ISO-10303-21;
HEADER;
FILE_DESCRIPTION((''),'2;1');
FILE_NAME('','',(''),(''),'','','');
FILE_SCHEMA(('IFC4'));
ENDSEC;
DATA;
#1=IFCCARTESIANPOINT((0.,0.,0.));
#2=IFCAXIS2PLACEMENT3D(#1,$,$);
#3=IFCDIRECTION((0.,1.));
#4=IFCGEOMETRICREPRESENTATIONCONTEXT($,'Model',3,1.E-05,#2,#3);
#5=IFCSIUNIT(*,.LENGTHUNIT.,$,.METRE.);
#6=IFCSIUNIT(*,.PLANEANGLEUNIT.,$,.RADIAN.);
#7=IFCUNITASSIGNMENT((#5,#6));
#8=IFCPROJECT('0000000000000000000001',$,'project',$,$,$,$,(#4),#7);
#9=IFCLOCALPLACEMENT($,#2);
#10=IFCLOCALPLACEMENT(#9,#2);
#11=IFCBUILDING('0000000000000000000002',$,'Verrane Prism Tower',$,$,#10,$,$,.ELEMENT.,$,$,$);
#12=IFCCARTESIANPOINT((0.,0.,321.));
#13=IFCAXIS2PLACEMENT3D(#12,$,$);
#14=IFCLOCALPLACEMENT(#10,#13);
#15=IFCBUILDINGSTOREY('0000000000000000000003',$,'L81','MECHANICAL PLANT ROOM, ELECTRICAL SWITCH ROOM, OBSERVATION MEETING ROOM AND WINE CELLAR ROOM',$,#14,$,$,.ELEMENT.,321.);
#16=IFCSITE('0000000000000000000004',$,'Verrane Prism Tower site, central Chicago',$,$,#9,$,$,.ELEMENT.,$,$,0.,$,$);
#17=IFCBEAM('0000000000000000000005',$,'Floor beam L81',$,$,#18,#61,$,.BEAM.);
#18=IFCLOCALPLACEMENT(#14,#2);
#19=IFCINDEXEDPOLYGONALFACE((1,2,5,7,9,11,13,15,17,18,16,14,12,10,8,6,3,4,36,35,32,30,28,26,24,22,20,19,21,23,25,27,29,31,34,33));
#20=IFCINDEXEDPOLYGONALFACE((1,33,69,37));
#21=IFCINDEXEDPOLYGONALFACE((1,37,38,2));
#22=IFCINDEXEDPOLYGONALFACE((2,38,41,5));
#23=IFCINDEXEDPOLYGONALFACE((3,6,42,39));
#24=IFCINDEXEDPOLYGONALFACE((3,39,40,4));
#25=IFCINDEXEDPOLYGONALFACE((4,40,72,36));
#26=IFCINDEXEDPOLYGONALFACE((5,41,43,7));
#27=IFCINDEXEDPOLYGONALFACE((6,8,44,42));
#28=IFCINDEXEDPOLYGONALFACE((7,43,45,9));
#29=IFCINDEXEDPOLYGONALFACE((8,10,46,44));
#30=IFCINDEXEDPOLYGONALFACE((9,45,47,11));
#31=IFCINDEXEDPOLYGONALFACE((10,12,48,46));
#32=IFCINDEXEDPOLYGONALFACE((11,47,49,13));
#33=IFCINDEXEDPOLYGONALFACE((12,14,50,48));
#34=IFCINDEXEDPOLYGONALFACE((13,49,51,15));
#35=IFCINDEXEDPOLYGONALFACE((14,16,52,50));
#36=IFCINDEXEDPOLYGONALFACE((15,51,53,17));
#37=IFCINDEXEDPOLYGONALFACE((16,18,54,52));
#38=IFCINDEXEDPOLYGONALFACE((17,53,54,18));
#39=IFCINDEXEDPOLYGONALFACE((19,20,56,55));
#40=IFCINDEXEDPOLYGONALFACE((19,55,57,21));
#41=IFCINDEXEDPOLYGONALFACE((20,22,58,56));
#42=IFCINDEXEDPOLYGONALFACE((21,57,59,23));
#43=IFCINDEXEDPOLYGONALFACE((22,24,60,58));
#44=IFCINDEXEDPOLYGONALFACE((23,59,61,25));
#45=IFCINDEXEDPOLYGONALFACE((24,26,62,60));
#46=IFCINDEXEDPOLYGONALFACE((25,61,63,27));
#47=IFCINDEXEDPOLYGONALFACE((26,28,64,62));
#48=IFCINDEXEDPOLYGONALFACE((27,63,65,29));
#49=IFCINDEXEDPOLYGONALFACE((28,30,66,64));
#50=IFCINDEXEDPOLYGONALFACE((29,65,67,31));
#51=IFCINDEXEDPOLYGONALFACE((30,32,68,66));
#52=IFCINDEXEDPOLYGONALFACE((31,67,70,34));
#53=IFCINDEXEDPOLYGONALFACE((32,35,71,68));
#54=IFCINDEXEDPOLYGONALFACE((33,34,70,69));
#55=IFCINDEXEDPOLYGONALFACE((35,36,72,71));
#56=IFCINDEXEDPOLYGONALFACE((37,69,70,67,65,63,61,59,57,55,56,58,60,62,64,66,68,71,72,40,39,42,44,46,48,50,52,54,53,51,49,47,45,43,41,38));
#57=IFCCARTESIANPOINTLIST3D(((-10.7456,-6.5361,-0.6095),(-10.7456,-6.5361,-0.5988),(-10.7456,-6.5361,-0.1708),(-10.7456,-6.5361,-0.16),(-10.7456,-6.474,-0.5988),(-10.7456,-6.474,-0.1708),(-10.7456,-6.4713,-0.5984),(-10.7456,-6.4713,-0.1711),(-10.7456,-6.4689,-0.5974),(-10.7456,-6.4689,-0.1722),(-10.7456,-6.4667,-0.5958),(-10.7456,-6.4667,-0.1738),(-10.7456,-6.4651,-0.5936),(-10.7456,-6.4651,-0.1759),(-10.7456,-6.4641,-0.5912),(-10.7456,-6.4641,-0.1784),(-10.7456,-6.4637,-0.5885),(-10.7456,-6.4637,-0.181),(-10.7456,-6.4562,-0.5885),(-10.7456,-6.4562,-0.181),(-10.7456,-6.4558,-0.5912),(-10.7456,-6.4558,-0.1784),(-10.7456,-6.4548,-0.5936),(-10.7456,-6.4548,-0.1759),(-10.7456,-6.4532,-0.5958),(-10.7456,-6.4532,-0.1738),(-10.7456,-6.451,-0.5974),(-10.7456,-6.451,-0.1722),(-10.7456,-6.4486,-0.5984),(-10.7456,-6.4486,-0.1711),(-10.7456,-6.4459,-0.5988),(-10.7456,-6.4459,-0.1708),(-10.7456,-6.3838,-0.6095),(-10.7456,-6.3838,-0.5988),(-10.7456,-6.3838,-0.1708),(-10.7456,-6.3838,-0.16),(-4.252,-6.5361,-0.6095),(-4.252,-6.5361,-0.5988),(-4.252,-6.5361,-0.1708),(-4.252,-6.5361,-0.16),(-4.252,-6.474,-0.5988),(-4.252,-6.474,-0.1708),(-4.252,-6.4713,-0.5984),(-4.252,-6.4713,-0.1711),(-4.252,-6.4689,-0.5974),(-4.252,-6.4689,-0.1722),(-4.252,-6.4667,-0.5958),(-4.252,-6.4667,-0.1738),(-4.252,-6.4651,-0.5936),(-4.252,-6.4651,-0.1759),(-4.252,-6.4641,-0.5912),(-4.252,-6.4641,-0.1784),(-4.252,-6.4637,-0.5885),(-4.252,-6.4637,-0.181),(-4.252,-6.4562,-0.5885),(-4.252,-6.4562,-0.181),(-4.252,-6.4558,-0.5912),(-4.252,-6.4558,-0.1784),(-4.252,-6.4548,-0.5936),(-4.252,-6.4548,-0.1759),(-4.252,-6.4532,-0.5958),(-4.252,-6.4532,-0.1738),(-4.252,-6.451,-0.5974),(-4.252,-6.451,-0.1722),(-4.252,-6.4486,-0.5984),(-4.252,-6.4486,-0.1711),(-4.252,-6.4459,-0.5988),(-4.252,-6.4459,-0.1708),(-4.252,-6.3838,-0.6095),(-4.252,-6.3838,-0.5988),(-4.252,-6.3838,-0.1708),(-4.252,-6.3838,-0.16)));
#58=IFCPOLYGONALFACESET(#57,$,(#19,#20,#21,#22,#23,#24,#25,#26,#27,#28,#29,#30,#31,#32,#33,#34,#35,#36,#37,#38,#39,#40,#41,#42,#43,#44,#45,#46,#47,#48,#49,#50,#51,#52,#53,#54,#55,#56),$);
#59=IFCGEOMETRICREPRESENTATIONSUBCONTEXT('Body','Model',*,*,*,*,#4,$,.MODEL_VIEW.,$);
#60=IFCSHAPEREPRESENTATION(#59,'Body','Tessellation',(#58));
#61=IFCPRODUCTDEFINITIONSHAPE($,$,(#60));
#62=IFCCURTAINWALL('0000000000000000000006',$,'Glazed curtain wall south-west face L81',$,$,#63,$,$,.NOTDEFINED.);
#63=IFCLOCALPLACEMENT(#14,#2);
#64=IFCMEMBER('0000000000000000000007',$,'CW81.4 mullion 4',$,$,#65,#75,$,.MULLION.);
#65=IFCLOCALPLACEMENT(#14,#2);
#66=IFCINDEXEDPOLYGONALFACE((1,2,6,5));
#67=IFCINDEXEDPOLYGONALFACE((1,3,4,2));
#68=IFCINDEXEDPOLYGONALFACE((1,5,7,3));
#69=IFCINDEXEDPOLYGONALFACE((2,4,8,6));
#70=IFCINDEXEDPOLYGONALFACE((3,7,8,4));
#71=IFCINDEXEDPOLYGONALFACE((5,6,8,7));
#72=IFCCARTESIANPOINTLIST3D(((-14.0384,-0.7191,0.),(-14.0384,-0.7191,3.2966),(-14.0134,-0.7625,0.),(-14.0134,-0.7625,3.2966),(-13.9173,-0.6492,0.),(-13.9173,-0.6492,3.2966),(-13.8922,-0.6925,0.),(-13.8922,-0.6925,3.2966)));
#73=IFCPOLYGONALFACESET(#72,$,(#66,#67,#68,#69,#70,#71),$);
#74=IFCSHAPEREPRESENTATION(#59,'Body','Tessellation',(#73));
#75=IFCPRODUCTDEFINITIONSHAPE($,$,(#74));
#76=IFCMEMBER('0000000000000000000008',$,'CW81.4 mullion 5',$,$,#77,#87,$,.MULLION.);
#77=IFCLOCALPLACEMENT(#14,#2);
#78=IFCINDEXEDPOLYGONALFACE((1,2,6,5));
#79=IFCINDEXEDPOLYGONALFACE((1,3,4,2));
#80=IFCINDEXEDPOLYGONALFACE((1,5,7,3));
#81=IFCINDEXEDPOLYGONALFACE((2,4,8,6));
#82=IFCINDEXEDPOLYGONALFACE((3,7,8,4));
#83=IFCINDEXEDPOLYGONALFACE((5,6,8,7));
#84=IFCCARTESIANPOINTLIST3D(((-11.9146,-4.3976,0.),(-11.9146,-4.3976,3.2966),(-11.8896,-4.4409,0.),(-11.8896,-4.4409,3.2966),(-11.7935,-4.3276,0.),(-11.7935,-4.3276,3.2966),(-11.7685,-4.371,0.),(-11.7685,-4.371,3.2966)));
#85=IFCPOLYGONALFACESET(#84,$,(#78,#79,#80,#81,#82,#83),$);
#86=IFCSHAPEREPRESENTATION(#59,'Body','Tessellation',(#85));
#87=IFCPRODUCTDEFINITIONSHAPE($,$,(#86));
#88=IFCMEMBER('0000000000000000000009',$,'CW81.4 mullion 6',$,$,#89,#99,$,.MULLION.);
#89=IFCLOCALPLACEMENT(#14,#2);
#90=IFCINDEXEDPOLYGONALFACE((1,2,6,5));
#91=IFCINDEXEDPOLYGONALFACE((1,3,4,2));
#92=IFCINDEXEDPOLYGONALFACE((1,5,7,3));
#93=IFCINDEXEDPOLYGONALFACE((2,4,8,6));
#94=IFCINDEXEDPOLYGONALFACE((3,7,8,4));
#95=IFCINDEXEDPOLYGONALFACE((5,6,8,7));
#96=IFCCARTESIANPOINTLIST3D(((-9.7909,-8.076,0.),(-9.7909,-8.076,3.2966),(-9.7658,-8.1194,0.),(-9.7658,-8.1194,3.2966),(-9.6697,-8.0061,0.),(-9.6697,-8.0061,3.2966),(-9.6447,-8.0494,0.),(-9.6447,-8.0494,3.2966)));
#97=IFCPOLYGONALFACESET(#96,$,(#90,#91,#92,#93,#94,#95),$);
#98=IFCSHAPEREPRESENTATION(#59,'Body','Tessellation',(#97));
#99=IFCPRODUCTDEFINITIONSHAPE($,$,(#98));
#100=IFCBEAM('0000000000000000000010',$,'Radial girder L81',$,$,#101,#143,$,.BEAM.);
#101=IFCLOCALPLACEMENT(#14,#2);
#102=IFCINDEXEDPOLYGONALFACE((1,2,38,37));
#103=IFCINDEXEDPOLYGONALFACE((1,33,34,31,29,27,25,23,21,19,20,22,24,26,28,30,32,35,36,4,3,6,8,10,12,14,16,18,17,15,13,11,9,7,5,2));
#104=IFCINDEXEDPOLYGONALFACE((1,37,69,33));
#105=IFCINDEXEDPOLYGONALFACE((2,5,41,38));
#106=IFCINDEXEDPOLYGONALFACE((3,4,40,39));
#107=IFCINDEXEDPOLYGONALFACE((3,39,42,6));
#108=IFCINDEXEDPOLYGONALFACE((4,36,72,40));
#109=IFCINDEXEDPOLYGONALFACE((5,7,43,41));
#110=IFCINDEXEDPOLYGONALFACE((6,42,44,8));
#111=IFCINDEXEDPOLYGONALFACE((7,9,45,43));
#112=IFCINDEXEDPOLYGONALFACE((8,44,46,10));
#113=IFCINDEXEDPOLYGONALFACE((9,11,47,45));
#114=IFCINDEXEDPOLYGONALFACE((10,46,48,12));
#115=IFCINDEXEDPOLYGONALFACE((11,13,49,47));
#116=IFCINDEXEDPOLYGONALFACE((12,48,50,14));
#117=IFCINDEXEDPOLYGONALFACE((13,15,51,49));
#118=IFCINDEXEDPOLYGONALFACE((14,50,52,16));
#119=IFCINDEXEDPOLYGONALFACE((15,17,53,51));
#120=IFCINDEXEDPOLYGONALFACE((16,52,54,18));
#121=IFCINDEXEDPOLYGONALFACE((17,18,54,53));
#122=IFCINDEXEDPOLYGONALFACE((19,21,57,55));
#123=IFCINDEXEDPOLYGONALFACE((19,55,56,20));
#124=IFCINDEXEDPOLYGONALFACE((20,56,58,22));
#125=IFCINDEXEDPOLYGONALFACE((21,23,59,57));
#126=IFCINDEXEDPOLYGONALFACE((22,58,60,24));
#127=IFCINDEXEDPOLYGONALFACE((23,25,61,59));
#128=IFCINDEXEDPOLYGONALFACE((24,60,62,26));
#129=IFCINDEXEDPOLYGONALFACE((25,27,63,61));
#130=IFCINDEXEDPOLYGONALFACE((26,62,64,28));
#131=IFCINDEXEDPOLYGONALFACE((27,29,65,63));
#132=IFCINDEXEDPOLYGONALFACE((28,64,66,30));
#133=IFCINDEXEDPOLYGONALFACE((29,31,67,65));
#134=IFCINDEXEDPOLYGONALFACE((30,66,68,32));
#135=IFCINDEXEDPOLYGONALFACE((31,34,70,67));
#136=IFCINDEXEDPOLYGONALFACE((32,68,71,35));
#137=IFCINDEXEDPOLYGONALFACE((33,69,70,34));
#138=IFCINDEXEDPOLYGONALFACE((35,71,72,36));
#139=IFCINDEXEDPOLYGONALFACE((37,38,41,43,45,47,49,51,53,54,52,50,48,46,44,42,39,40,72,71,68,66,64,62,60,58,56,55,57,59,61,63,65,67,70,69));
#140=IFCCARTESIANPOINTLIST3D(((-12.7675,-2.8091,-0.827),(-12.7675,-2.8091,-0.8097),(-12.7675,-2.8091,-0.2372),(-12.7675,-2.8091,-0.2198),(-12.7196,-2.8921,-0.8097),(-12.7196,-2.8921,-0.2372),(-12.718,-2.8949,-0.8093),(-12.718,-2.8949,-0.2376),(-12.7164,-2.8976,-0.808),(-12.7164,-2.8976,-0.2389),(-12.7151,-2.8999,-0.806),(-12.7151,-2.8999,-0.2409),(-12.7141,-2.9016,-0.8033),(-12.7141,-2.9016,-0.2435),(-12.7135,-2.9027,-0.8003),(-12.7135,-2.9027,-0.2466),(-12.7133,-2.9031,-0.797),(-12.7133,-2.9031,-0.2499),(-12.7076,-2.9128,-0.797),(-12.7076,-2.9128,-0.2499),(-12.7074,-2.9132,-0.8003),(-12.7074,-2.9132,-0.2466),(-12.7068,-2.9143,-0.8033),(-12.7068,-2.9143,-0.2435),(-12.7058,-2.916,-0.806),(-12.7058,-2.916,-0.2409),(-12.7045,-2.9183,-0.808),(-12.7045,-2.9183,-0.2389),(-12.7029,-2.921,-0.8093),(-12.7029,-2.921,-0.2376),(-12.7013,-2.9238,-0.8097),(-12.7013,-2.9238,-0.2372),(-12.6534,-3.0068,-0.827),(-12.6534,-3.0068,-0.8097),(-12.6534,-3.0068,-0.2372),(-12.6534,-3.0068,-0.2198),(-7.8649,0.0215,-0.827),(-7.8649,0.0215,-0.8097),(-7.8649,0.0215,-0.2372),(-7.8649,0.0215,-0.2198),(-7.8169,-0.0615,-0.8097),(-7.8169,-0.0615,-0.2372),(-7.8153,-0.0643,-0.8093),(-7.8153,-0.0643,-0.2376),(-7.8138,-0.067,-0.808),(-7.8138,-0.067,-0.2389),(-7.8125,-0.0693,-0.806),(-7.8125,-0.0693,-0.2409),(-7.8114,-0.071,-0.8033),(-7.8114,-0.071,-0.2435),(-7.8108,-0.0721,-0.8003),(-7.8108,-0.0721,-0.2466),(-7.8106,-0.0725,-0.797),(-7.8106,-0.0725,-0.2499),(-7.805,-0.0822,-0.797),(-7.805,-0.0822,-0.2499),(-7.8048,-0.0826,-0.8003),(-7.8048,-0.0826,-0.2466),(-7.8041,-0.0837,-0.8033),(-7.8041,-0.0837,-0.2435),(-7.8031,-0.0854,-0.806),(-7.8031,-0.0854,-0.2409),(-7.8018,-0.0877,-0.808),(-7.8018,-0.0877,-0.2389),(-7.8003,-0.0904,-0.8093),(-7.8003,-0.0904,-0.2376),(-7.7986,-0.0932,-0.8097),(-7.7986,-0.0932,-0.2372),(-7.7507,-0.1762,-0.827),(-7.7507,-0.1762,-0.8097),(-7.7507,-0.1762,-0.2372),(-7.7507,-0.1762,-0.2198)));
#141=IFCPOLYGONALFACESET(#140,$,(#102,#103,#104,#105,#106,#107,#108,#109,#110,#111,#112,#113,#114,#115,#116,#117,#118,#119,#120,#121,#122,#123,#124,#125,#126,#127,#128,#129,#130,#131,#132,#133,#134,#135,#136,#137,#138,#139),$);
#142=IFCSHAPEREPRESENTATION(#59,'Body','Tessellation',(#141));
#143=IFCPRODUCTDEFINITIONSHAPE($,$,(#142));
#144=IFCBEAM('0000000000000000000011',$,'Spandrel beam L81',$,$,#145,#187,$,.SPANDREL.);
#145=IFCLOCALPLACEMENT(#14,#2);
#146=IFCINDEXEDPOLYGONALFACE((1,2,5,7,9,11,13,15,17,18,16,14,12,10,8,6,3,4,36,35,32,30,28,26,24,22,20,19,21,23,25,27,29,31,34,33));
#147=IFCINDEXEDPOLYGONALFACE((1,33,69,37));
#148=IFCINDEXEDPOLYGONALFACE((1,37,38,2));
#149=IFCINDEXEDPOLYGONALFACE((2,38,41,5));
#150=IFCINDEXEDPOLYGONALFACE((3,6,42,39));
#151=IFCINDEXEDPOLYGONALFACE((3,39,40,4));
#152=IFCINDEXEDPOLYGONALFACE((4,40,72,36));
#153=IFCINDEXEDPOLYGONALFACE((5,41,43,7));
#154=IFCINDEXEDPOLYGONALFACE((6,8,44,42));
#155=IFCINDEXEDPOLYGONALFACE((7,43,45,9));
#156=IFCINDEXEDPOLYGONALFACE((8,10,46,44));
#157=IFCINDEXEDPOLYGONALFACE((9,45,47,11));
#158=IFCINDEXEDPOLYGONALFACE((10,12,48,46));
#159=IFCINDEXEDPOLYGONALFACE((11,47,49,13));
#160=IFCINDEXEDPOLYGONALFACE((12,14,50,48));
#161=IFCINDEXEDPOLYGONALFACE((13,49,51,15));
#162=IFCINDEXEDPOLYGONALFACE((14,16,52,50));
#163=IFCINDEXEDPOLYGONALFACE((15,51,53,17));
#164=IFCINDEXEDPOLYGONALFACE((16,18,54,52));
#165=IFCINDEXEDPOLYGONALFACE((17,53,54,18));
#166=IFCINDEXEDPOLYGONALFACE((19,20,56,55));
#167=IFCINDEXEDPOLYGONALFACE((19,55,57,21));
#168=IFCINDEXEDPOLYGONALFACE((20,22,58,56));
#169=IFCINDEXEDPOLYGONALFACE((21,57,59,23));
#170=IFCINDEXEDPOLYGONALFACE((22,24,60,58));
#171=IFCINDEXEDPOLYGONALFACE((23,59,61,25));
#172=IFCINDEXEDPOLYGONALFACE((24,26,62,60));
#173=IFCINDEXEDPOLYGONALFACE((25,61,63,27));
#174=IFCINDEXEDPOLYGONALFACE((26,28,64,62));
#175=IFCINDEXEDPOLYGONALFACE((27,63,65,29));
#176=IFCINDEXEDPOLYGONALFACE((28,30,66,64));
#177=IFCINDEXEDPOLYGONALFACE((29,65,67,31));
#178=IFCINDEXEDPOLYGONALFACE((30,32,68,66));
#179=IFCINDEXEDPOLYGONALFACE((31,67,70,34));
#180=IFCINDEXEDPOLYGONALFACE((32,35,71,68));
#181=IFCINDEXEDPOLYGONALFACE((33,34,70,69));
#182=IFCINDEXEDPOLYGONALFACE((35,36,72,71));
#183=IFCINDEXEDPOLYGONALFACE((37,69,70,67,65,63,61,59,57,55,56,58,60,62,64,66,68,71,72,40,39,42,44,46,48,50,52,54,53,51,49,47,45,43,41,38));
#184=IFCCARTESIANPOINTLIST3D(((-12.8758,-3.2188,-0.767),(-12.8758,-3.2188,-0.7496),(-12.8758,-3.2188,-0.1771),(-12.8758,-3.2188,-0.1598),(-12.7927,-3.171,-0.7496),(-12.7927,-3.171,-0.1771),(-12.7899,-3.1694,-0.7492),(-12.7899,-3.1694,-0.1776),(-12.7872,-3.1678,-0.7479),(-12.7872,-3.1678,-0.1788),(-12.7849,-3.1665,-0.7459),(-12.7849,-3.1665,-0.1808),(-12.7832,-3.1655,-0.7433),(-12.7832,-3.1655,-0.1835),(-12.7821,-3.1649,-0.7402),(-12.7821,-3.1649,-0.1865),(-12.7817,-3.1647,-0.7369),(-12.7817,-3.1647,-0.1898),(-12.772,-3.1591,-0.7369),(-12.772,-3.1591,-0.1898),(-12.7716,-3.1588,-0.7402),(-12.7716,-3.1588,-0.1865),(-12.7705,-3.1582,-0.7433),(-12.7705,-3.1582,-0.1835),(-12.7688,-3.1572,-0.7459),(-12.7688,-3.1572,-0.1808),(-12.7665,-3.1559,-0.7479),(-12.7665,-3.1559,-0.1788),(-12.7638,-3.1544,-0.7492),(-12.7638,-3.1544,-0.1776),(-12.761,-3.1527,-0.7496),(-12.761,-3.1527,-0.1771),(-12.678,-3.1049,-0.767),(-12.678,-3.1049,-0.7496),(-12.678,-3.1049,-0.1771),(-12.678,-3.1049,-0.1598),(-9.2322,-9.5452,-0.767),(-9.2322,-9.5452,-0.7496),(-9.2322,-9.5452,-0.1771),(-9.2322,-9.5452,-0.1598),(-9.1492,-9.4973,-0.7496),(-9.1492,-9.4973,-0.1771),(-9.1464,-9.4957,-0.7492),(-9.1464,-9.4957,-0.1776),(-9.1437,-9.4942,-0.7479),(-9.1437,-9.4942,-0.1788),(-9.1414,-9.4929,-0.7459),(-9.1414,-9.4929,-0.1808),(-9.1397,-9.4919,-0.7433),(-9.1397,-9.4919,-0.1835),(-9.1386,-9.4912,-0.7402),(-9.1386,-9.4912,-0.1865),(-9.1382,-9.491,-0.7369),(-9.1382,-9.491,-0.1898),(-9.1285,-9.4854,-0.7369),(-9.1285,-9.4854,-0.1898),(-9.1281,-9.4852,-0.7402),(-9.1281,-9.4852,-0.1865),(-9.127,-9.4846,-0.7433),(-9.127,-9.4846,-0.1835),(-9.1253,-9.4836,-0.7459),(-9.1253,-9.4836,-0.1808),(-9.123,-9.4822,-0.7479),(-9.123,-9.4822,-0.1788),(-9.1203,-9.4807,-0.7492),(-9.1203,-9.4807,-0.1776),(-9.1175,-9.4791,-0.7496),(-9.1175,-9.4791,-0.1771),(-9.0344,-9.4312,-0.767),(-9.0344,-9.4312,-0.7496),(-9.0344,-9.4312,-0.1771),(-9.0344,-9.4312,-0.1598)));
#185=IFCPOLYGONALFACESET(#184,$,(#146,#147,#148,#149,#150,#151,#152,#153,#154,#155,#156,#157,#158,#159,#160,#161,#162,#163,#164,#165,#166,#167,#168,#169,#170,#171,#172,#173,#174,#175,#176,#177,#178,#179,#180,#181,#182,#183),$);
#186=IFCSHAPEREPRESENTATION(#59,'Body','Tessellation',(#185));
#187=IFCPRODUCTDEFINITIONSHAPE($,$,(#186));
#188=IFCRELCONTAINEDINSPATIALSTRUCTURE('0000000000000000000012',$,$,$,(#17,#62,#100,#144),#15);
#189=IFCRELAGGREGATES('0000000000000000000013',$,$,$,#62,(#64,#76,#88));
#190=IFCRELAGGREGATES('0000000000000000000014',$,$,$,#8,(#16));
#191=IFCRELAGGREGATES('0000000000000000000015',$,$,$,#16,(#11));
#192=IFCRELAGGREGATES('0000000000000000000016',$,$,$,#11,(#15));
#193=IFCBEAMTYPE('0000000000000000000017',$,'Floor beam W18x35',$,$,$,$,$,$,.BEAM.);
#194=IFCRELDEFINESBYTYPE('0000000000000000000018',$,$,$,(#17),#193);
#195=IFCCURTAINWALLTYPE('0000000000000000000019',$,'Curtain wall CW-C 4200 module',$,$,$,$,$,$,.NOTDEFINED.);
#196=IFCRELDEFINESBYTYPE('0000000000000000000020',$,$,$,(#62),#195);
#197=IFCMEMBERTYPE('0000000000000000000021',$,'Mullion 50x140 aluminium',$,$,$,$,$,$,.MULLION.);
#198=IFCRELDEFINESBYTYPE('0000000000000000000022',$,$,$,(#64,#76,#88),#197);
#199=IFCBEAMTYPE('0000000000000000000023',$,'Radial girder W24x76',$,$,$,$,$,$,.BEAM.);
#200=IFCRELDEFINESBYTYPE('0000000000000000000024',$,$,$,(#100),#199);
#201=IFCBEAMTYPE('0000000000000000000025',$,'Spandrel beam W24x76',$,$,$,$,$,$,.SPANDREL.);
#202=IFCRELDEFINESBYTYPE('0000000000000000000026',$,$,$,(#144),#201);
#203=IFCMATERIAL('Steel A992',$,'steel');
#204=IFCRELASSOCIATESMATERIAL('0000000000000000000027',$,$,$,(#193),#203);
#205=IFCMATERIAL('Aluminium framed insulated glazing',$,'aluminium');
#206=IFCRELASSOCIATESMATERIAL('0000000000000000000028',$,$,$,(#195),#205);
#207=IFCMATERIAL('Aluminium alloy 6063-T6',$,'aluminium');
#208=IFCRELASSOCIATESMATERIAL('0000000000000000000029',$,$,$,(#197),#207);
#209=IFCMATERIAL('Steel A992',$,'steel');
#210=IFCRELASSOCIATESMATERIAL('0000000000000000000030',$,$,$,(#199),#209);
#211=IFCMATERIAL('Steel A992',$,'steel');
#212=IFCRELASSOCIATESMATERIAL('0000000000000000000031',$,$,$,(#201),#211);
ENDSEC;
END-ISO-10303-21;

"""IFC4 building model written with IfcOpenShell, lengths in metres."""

from ifc_helpers import new_model, si_unit, direction, frame, origin, origin_2d, place, context, subcontext, project, spatial, rectangle, i_section, extrude, material, material_profile, profile_set, type_object, element, aggregate, save


model = new_model("IFC4")

# Units and contexts
model_context = context("Model", 3, precision=1e-05, world=origin(), true_north=direction((0.0, 1.0)))
body_context = subcontext(model_context, "Body", "Model", "MODEL_VIEW")
ifc_project = project(units=[si_unit("LENGTHUNIT", "METRE"), si_unit("PLANEANGLEUNIT", "RADIAN")], contexts=[model_context])

# Site, building, storey
site_placement = place(None, origin())
site = spatial("IfcSite", under=ifc_project, at=site_placement, Name="Verrane Prism Tower site, central Chicago", CompositionType="ELEMENT", RefElevation=0.0)
building_placement = place(site_placement, origin())
building = spatial("IfcBuilding", under=site, at=building_placement, Name="Verrane Prism Tower", CompositionType="ELEMENT")
storey_placement = place(building_placement, frame((0.0, 0.0, 321.0)))
storey = spatial("IfcBuildingStorey", under=building, at=storey_placement, Name="L81", Description="MECHANICAL PLANT ROOM, ELECTRICAL SWITCH ROOM, OBSERVATION MEETING ROOM AND WINE CELLAR ROOM", CompositionType="ELEMENT", Elevation=321.0)

# Beam
ifc_material_1 = material(Name="Steel A992", Category="steel")
ifc_material_profile_1 = material_profile(ifc_material_1, i_section(OverallWidth=0.1523, OverallDepth=0.4495, WebThickness=0.0076, FlangeThickness=0.0107, FilletRadius=0.0103, at=origin_2d()), Name="W18x35")
ifc_profile_set_1 = profile_set([ifc_material_profile_1], Name="Steel A992")
beam_type_1 = type_object("IfcBeamType", Name="Floor beam W18x35", PredefinedType="BEAM", material=ifc_profile_set_1)
beam_1_placement = place(storey_placement, frame((-10.7456, -6.46, -0.3848), z_axis=(1.0, 0.0, 0.0), x_axis=(0.0, 1.0, 0.0)))
element("IfcBeam", 1, at=beam_1_placement, inside=storey, type_object=beam_type_1, Name="Floor beam L81", PredefinedType="BEAM", context=body_context, shape_type="SweptSolid", body=[
    extrude(i_section(OverallWidth=0.1523, OverallDepth=0.4495, WebThickness=0.0076, FlangeThickness=0.0107, FilletRadius=0.0103, at=origin_2d()), origin(), (0.0, 0.0, 1.0), 6.4937),
])

# Curtain wall, members
ifc_material_2 = material(Name="Aluminium framed insulated glazing", Category="aluminium")
curtain_wall_type = type_object("IfcCurtainWallType", Name="Curtain wall CW-C 4200 module", PredefinedType="NOTDEFINED", material=ifc_material_2)
curtain_wall_placement = place(storey_placement, origin())
curtain_wall = element("IfcCurtainWall", 2, at=curtain_wall_placement, inside=storey, type_object=curtain_wall_type, Name="Glazed curtain wall south-west face L81", PredefinedType="NOTDEFINED")
ifc_material_3 = material(Name="Aluminium alloy 6063-T6", Category="aluminium")
ifc_material_profile_2 = material_profile(ifc_material_3, rectangle(XDim=0.1399, YDim=0.05, at=origin_2d()), Name="Mullion 50x140 aluminium")
ifc_profile_set_2 = profile_set([ifc_material_profile_2], Name="Aluminium alloy 6063-T6")
member_type_1 = type_object("IfcMemberType", Name="Mullion 50x140 aluminium", PredefinedType="MULLION", material=ifc_profile_set_2)
member_1_placement = place(storey_placement, frame((-13.9653, -0.7058, 0.0), z_axis=(0.0, 0.0, 1.0), x_axis=(0.866025, 0.5, 0.0)))
member_1 = element("IfcMember", 3, at=member_1_placement, type_object=member_type_1, Name="CW81.4 mullion 4", PredefinedType="MULLION", context=body_context, shape_type="SweptSolid", body=[
    extrude(rectangle(XDim=0.1399, YDim=0.05, at=origin_2d()), origin(), (0.0, 0.0, 1.0), 3.2966),
])
member_2_placement = place(storey_placement, frame((-11.8416, -4.3843, 0.0), z_axis=(0.0, 0.0, 1.0), x_axis=(0.866025, 0.5, 0.0)))
member_2 = element("IfcMember", 4, at=member_2_placement, type_object=member_type_1, Name="CW81.4 mullion 5", PredefinedType="MULLION", context=body_context, shape_type="SweptSolid", body=[
    extrude(rectangle(XDim=0.1399, YDim=0.05, at=origin_2d()), origin(), (0.0, 0.0, 1.0), 3.2966),
])
member_3_placement = place(storey_placement, frame((-9.7178, -8.0627, 0.0), z_axis=(0.0, 0.0, 1.0), x_axis=(0.866025, 0.5, 0.0)))
member_3 = element("IfcMember", 5, at=member_3_placement, type_object=member_type_1, Name="CW81.4 mullion 6", PredefinedType="MULLION", context=body_context, shape_type="SweptSolid", body=[
    extrude(rectangle(XDim=0.1399, YDim=0.05, at=origin_2d()), origin(), (0.0, 0.0, 1.0), 3.2966),
])

# Beams
ifc_material_4 = material(Name="Steel A992", Category="steel")
ifc_material_profile_3 = material_profile(ifc_material_4, i_section(OverallWidth=0.2283, OverallDepth=0.6072, WebThickness=0.0112, FlangeThickness=0.0173, FilletRadius=0.0127, at=origin_2d()), Name="W24x76")
ifc_profile_set_3 = profile_set([ifc_material_profile_3], Name="Steel A992")
beam_type_2 = type_object("IfcBeamType", Name="Radial girder W24x76", PredefinedType="BEAM", material=ifc_profile_set_3)
beam_2_placement = place(storey_placement, frame((-12.7104, -2.908, -0.5234), z_axis=(0.866021, 0.500007, 0.0), x_axis=(-0.500007, 0.866021, 0.0)))
element("IfcBeam", 6, at=beam_2_placement, inside=storey, type_object=beam_type_2, Name="Radial girder L81", PredefinedType="BEAM", context=body_context, shape_type="SweptSolid", body=[
    extrude(i_section(OverallWidth=0.2283, OverallDepth=0.6072, WebThickness=0.0112, FlangeThickness=0.0173, FilletRadius=0.0127, at=origin_2d()), origin(), (0.0, 0.0, 1.0), 5.6611),
])
ifc_material_5 = material(Name="Steel A992", Category="steel")
ifc_material_profile_4 = material_profile(ifc_material_5, i_section(OverallWidth=0.2283, OverallDepth=0.6072, WebThickness=0.0112, FlangeThickness=0.0173, FilletRadius=0.0127, at=origin_2d()), Name="W24x76")
ifc_profile_set_4 = profile_set([ifc_material_profile_4], Name="Steel A992")
beam_type_3 = type_object("IfcBeamType", Name="Spandrel beam W24x76", PredefinedType="SPANDREL", material=ifc_profile_set_4)
beam_3_placement = place(storey_placement, frame((-12.7769, -3.1619, -0.4634), z_axis=(0.499075, -0.866559, 0.0), x_axis=(0.866559, 0.499075, 0.0)))
element("IfcBeam", 7, at=beam_3_placement, inside=storey, type_object=beam_type_3, Name="Spandrel beam L81", PredefinedType="SPANDREL", context=body_context, shape_type="SweptSolid", body=[
    extrude(i_section(OverallWidth=0.2283, OverallDepth=0.6072, WebThickness=0.0112, FlangeThickness=0.0173, FilletRadius=0.0127, at=origin_2d()), origin(), (0.0, 0.0, 1.0), 7.3005),
])

aggregate(curtain_wall, [member_1, member_2, member_3])

save(model, "model.ifc")
